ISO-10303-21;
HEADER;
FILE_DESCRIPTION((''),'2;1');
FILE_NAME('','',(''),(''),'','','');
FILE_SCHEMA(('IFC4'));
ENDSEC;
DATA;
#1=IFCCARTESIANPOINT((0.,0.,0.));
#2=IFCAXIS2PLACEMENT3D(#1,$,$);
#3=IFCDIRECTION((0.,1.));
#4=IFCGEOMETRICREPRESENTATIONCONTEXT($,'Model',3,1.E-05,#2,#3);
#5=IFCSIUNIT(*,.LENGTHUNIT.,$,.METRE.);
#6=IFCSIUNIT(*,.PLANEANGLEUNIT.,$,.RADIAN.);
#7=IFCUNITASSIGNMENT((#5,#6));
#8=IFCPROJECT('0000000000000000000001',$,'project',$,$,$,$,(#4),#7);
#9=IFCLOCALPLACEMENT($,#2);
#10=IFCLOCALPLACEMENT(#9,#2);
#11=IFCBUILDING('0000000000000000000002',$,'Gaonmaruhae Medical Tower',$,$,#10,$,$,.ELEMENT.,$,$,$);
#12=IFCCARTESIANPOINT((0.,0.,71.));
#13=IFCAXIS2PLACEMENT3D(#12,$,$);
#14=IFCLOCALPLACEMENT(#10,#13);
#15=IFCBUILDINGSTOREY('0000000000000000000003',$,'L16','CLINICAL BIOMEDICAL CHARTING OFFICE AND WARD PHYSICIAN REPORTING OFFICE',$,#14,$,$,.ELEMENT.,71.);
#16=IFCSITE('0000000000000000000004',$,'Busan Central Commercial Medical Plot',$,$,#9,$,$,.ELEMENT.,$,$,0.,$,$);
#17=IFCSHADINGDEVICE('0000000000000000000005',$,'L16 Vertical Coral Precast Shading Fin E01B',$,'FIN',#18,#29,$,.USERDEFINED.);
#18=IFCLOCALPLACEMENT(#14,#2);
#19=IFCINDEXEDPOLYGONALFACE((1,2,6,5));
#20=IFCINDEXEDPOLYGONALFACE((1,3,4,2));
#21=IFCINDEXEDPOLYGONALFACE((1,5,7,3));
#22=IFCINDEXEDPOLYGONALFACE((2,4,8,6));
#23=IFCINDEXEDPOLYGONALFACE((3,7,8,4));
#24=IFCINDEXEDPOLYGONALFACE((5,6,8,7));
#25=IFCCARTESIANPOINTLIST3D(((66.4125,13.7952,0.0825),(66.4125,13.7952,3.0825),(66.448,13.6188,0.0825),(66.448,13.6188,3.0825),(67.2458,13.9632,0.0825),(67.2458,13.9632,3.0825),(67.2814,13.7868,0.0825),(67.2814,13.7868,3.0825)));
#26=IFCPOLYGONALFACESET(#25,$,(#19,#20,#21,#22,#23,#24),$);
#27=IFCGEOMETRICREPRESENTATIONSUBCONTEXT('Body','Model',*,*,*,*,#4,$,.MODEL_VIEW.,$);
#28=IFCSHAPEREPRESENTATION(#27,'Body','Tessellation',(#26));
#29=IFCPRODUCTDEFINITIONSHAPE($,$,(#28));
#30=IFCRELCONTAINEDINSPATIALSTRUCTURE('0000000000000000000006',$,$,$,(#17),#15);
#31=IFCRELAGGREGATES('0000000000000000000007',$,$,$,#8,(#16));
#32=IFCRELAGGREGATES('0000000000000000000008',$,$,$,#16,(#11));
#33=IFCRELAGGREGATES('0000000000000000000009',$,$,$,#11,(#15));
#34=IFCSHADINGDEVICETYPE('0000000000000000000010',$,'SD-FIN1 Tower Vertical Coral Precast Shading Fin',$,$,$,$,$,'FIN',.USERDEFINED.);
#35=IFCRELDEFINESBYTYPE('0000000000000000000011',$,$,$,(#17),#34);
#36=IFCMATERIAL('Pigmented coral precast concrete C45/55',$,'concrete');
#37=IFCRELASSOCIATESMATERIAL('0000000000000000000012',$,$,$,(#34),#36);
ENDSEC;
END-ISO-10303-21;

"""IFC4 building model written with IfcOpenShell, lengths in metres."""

from ifc_helpers import new_model, si_unit, direction, frame, origin, origin_2d, place, context, subcontext, project, spatial, rectangle, extrude, material, type_object, element, save


model = new_model("IFC4")

# Units and contexts
model_context = context("Model", 3, precision=1e-05, world=origin(), true_north=direction((0.0, 1.0)))
body_context = subcontext(model_context, "Body", "Model", "MODEL_VIEW")
ifc_project = project(units=[si_unit("LENGTHUNIT", "METRE"), si_unit("PLANEANGLEUNIT", "RADIAN")], contexts=[model_context])

# Site, building, storey
site_placement = place(None, origin())
site = spatial("IfcSite", under=ifc_project, at=site_placement, Name="Busan Central Commercial Medical Plot", CompositionType="ELEMENT", RefElevation=0.0)
building_placement = place(site_placement, origin())
building = spatial("IfcBuilding", under=site, at=building_placement, Name="Gaonmaruhae Medical Tower", CompositionType="ELEMENT")
storey_placement = place(building_placement, frame((0.0, 0.0, 71.0)))
storey = spatial("IfcBuildingStorey", under=building, at=storey_placement, Name="L16", Description="CLINICAL BIOMEDICAL CHARTING OFFICE AND WARD PHYSICIAN REPORTING OFFICE", CompositionType="ELEMENT", Elevation=71.0)

# Shading device
ifc_material_1 = material(Name="Pigmented coral precast concrete C45/55", Category="concrete")
shading_device_type = type_object("IfcShadingDeviceType", Name="SD-FIN1 Tower Vertical Coral Precast Shading Fin", ElementType="FIN", PredefinedType="USERDEFINED", material=ifc_material_1)
for number, where, z_axis, x_axis, name in (
    (1, (66.8469, 13.791, 0.0825), (0.0, 0.0, 1.0), (0.197657, -0.980271, 0.0), "L16 Vertical Coral Precast Shading Fin E01B"),
):
    element("IfcShadingDevice", number, at=place(storey_placement, frame(where, z_axis=z_axis, x_axis=x_axis)), inside=storey, type_object=shading_device_type, Name=name, ObjectType="FIN", PredefinedType="USERDEFINED", context=body_context, shape_type="SweptSolid", body=[
        extrude(rectangle(XDim=0.1799, YDim=0.8501, at=origin_2d()), origin(), (0.0, 0.0, 1.0), 3.0),
    ])

save(model, "model.ifc")
